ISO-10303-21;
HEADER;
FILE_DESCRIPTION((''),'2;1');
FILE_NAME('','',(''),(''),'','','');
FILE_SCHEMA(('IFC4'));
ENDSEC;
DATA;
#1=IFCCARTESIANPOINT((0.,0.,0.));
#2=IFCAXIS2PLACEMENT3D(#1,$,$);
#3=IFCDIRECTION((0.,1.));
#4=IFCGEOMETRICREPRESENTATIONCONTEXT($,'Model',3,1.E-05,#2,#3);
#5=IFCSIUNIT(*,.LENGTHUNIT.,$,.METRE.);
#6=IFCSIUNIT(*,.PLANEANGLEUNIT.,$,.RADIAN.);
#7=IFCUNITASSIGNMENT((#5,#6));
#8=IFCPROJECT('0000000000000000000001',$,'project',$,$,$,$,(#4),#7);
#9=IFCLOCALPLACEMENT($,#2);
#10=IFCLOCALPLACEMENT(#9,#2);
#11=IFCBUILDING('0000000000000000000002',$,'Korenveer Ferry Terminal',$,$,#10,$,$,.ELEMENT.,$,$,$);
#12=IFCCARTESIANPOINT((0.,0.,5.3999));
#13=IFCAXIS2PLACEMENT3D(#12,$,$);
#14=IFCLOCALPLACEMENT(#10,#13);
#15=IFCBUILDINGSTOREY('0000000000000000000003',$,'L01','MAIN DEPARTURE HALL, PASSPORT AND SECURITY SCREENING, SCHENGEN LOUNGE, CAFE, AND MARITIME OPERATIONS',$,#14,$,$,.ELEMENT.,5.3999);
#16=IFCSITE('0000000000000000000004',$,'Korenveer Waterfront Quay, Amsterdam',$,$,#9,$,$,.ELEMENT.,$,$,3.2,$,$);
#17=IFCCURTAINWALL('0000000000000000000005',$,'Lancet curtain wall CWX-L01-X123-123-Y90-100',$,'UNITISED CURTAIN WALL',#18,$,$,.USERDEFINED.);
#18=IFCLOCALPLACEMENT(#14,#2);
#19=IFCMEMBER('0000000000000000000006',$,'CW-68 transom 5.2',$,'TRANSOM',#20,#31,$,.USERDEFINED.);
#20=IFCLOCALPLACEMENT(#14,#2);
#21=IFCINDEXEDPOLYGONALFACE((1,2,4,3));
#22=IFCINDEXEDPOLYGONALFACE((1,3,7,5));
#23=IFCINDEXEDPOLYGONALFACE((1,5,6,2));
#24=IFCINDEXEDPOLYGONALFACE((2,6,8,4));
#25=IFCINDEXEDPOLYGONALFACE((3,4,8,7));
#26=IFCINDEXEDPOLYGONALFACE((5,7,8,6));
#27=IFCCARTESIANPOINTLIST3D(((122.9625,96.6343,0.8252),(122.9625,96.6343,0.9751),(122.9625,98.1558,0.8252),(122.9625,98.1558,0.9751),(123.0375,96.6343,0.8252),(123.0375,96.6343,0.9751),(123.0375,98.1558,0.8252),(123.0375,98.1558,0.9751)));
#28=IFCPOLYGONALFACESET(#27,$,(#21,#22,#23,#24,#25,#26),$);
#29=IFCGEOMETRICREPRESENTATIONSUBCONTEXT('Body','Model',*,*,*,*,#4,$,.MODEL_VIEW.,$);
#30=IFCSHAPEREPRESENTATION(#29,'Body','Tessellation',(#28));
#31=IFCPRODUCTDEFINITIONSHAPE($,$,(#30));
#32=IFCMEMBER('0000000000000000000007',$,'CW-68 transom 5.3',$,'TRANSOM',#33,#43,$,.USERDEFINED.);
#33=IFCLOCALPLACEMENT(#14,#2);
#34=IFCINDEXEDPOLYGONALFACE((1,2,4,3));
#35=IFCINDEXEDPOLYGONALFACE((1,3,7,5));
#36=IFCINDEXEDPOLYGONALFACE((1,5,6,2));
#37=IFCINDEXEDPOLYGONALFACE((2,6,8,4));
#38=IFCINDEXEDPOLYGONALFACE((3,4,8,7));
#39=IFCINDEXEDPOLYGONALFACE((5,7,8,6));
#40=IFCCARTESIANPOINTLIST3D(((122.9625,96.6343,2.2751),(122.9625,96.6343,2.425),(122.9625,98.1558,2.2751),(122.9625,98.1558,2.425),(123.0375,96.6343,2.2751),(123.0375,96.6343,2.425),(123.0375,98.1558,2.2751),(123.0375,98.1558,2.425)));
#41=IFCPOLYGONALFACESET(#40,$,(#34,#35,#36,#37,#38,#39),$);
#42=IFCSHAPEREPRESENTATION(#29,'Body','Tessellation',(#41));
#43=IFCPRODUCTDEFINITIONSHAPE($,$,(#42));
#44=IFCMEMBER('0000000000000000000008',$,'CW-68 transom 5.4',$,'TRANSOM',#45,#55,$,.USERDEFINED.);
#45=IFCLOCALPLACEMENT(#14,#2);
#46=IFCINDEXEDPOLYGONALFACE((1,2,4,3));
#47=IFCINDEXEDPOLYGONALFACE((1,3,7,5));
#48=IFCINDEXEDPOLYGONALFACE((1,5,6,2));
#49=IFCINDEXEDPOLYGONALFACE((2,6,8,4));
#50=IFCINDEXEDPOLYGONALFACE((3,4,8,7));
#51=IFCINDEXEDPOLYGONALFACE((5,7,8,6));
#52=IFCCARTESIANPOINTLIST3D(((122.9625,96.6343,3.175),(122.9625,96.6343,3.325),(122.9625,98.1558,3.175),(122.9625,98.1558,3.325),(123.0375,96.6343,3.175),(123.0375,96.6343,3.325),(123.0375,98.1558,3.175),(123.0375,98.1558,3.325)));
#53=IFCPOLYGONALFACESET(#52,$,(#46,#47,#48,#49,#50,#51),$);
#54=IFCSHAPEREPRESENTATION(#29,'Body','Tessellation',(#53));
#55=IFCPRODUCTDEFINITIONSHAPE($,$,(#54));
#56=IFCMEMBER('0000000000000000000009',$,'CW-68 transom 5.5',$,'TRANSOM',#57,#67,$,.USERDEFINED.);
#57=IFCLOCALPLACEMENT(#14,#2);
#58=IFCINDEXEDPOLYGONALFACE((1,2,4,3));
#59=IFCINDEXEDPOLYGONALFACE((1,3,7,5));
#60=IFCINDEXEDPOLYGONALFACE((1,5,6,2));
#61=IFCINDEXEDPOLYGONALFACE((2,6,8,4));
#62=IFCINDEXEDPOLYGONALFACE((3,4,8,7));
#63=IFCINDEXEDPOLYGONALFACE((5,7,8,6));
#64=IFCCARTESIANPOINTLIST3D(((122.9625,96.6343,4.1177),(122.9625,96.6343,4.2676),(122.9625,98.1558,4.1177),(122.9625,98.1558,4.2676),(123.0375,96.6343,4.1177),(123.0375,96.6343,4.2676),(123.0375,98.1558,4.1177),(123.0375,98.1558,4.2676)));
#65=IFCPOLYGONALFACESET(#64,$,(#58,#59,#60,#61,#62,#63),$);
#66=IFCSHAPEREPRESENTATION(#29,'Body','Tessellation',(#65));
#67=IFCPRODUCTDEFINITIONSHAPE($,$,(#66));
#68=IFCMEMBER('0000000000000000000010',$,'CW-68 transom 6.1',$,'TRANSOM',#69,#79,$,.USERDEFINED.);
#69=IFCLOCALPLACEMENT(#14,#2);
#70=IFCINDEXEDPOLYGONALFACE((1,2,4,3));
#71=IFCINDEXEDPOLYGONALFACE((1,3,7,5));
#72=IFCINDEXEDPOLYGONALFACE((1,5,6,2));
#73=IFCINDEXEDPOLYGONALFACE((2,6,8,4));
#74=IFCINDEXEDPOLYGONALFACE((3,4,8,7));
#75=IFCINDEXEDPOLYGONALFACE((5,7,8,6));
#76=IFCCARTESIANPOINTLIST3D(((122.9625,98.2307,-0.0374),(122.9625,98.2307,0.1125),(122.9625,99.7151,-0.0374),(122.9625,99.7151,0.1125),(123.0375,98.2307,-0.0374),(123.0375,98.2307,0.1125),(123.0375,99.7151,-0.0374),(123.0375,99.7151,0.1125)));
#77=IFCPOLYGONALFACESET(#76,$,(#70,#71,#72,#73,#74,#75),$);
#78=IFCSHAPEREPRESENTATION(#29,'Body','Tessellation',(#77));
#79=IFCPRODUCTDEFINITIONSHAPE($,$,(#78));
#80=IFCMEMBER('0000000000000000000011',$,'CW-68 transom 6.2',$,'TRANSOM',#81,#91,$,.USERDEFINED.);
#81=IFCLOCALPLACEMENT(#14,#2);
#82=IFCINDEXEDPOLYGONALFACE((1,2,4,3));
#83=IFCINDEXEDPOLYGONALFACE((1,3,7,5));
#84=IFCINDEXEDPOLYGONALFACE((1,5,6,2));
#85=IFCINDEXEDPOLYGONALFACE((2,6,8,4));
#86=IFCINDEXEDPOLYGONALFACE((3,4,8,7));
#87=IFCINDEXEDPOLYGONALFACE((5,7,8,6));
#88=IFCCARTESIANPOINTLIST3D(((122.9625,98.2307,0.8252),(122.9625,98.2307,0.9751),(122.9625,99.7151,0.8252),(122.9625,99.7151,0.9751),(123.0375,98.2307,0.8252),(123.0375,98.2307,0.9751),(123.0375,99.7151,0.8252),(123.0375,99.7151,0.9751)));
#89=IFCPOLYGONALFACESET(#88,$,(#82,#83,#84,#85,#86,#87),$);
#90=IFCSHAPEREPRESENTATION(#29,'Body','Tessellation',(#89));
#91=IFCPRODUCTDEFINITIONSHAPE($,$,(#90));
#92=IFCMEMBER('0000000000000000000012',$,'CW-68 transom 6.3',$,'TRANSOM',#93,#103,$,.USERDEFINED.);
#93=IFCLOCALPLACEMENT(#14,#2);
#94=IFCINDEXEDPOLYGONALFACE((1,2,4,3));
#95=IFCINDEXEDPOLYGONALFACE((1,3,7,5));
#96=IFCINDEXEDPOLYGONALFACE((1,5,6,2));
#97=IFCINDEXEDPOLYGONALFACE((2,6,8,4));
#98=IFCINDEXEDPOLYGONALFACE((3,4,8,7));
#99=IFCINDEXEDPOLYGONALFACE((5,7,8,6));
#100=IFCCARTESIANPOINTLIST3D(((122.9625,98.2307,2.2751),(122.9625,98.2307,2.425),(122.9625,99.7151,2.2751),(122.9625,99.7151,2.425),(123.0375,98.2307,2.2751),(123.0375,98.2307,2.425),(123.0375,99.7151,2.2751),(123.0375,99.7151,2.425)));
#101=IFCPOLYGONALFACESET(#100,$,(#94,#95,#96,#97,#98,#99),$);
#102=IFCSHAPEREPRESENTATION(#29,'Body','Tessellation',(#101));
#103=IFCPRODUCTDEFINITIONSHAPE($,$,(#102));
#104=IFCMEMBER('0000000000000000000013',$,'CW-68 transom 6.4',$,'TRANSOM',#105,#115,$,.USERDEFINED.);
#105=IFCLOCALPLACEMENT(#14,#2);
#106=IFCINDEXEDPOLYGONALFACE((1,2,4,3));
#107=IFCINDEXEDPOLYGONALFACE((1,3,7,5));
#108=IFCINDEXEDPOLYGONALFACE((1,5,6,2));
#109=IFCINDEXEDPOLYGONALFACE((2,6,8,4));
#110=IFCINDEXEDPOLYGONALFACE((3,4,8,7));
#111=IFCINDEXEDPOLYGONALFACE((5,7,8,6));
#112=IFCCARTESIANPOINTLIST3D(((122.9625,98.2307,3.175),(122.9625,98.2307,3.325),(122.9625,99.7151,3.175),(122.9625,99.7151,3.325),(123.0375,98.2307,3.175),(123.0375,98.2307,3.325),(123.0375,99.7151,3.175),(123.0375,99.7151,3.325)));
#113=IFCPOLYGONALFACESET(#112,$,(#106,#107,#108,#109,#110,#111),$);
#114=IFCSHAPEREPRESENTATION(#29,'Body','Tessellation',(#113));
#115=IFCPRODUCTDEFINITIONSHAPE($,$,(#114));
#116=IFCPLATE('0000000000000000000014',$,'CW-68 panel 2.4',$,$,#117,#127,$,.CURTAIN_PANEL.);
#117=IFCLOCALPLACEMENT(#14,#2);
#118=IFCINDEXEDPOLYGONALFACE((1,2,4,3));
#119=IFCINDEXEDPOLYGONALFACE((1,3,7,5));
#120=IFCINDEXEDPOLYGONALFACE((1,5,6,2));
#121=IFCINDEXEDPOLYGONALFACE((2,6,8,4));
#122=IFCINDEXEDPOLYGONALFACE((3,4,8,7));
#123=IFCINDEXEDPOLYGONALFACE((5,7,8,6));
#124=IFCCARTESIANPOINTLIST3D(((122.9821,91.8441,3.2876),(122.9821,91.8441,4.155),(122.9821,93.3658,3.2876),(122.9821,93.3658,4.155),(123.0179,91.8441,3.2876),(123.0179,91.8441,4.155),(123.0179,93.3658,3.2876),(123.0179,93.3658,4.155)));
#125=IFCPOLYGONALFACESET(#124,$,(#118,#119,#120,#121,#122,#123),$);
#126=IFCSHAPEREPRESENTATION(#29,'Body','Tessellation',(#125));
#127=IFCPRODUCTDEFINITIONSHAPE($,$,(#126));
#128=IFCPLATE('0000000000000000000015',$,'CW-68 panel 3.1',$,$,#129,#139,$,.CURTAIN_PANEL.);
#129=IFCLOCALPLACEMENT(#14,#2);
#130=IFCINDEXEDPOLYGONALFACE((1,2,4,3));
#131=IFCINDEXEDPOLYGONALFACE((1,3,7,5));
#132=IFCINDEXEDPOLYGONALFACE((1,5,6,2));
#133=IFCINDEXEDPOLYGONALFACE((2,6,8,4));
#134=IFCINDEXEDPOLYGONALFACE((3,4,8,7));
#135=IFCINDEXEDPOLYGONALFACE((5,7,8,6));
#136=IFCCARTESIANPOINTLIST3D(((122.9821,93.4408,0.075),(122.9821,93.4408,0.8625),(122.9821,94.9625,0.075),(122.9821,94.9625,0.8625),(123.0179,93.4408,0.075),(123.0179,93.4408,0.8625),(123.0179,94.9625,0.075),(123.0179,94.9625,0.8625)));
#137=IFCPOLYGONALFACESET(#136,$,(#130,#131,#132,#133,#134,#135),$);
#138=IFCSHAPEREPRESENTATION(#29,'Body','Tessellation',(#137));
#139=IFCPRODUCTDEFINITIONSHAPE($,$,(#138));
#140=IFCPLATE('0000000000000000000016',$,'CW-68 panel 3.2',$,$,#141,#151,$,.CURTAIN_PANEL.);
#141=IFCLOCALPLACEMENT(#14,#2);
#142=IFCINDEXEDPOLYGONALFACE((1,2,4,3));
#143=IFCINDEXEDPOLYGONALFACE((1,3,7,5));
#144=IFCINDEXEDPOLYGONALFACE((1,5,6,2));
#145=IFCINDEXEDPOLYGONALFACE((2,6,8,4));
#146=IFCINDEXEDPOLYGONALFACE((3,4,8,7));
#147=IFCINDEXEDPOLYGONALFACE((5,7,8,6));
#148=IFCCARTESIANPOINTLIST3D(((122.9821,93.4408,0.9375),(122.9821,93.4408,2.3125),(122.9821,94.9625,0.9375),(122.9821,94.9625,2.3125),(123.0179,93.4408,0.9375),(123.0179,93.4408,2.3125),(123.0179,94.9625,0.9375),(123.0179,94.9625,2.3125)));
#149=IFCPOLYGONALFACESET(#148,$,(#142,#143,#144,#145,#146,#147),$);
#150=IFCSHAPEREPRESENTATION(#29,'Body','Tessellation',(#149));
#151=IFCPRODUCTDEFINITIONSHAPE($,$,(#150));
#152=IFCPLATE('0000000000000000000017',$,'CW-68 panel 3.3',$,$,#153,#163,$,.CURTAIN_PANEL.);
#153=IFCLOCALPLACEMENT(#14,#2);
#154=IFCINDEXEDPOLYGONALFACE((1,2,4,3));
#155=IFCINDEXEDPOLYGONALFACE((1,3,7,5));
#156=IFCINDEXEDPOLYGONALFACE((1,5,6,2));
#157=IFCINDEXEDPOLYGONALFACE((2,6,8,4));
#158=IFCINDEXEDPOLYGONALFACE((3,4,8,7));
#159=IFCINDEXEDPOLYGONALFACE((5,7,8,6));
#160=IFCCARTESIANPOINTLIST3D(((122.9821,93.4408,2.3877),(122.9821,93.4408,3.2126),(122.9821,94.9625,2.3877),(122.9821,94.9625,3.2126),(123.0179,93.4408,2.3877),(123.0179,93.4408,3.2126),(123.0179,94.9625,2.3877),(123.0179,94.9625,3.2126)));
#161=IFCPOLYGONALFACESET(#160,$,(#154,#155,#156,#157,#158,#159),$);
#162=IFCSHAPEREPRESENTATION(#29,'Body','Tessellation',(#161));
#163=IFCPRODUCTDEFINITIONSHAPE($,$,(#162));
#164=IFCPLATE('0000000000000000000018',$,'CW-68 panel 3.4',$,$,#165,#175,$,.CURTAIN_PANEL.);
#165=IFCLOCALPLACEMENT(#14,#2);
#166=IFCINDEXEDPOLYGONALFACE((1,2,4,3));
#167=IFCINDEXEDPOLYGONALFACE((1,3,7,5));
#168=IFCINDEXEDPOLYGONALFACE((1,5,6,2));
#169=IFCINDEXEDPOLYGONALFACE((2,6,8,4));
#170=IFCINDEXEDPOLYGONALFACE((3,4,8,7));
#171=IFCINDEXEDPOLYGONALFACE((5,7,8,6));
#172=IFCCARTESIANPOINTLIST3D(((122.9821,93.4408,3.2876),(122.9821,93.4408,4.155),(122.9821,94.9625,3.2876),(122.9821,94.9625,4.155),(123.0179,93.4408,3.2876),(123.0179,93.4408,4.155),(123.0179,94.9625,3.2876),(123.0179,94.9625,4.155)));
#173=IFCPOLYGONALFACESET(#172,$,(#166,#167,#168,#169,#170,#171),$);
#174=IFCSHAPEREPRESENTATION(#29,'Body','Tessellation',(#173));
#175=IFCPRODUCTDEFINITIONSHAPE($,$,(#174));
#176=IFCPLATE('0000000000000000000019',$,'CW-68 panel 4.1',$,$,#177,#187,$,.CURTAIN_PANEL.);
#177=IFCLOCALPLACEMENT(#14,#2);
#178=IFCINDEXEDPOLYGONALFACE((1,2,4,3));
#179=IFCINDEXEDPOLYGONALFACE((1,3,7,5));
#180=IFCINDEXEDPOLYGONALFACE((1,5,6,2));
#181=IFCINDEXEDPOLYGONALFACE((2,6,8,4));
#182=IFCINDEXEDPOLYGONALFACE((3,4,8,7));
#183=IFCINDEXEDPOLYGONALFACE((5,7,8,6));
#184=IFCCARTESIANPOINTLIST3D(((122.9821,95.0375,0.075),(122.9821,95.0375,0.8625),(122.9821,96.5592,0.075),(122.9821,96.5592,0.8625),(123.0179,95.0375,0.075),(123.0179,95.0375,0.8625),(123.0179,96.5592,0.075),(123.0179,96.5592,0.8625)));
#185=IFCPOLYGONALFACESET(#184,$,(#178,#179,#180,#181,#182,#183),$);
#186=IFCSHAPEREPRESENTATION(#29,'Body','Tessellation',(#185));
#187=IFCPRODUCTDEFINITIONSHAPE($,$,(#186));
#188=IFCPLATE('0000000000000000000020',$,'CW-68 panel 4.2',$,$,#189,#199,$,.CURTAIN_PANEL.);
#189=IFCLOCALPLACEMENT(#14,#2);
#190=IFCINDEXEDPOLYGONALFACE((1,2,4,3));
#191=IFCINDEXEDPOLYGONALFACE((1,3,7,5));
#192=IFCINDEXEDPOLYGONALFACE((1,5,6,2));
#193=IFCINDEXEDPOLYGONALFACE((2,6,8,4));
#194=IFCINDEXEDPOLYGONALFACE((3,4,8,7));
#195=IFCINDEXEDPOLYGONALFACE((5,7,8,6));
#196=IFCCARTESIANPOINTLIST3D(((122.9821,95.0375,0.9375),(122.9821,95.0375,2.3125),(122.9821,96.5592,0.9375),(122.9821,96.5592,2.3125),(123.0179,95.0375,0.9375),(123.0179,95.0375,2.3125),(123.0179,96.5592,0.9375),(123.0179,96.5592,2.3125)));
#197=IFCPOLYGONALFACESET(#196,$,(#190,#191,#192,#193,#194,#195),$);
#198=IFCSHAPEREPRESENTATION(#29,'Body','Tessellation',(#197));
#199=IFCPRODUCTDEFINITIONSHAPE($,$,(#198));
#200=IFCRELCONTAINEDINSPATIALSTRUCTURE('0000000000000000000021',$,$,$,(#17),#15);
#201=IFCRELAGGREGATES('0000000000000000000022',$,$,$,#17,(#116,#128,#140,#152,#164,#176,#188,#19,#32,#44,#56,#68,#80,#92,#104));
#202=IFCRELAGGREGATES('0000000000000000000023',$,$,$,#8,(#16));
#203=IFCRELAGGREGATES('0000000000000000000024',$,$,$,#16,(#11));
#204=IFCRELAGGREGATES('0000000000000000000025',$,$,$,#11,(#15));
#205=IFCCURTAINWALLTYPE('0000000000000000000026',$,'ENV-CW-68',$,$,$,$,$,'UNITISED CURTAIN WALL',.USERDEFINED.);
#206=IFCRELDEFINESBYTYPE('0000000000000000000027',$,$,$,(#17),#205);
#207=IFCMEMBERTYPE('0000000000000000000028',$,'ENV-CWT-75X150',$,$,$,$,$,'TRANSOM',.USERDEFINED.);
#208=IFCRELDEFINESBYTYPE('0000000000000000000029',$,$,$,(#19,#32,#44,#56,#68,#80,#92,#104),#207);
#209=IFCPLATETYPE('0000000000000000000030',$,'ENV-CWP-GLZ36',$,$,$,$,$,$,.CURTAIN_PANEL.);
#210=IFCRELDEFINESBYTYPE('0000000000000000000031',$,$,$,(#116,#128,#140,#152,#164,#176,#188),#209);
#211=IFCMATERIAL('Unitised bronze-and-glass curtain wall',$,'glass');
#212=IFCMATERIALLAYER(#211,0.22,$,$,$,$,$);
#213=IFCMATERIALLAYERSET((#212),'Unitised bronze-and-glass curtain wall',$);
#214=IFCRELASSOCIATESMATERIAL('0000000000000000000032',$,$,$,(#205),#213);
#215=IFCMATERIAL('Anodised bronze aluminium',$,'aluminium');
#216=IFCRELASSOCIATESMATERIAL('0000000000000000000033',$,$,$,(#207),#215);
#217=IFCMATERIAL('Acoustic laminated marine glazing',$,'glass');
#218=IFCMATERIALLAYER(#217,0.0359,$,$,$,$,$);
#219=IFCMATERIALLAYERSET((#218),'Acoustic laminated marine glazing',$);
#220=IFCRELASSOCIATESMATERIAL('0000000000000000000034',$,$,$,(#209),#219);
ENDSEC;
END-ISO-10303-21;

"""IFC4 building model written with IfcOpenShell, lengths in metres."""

from ifc_helpers import new_model, si_unit, direction, frame, origin, origin_2d, place, context, subcontext, project, spatial, rectangle, extrude, material, layer, layer_set, material_profile, profile_set, type_object, element, aggregate, save


model = new_model("IFC4")

# Units and contexts
model_context = context("Model", 3, precision=1e-05, world=origin(), true_north=direction((0.0, 1.0)))
body_context = subcontext(model_context, "Body", "Model", "MODEL_VIEW")
ifc_project = project(units=[si_unit("LENGTHUNIT", "METRE"), si_unit("PLANEANGLEUNIT", "RADIAN")], contexts=[model_context])

# Site, building, storey
site_placement = place(None, origin())
site = spatial("IfcSite", under=ifc_project, at=site_placement, Name="Korenveer Waterfront Quay, Amsterdam", CompositionType="ELEMENT", RefElevation=3.2)
building_placement = place(site_placement, origin())
building = spatial("IfcBuilding", under=site, at=building_placement, Name="Korenveer Ferry Terminal", CompositionType="ELEMENT")
storey_placement = place(building_placement, frame((0.0, 0.0, 5.3999)))
storey = spatial("IfcBuildingStorey", under=building, at=storey_placement, Name="L01", Description="MAIN DEPARTURE HALL, PASSPORT AND SECURITY SCREENING, SCHENGEN LOUNGE, CAFE, AND MARITIME OPERATIONS", CompositionType="ELEMENT", Elevation=5.3999)

# Curtain wall, members, plates
ifc_material_1 = material(Name="Unitised bronze-and-glass curtain wall", Category="glass")
ifc_layer_1 = layer(ifc_material_1, 0.22)
ifc_layer_set_1 = layer_set([ifc_layer_1], Name="Unitised bronze-and-glass curtain wall")
curtain_wall_type = type_object("IfcCurtainWallType", Name="ENV-CW-68", ElementType="UNITISED CURTAIN WALL", PredefinedType="USERDEFINED", material=ifc_layer_set_1)
curtain_wall_placement = place(storey_placement, frame((123.0, 90.21, 0.0)))
curtain_wall = element("IfcCurtainWall", 1, at=curtain_wall_placement, inside=storey, type_object=curtain_wall_type, Name="Lancet curtain wall CWX-L01-X123-123-Y90-100", ObjectType="UNITISED CURTAIN WALL", PredefinedType="USERDEFINED")
ifc_material_2 = material(Name="Anodised bronze aluminium", Category="aluminium")
ifc_material_profile_1 = material_profile(ifc_material_2, rectangle(XDim=0.075, YDim=0.1499, at=origin_2d()), Name="ALU 75x150")
ifc_profile_set_1 = profile_set([ifc_material_profile_1], Name="Anodised bronze aluminium")
member_type_1 = type_object("IfcMemberType", Name="ENV-CWT-75X150", ElementType="TRANSOM", PredefinedType="USERDEFINED", material=ifc_profile_set_1)
member_1_placement = place(storey_placement, frame((123.0, 96.6343, 0.9001), z_axis=(0.0, 1.0, 0.0), x_axis=(-1.0, 0.0, 0.0)))
member_1 = element("IfcMember", 2, at=member_1_placement, type_object=member_type_1, Name="CW-68 transom 5.2", ObjectType="TRANSOM", PredefinedType="USERDEFINED", context=body_context, shape_type="SweptSolid", body=[
    extrude(rectangle(XDim=0.075, YDim=0.1499, at=origin_2d()), origin(), (0.0, 0.0, 1.0), 1.5215),
])
member_2_placement = place(storey_placement, frame((123.0, 96.6343, 2.3501), z_axis=(0.0, 1.0, 0.0), x_axis=(-1.0, 0.0, 0.0)))
member_2 = element("IfcMember", 3, at=member_2_placement, type_object=member_type_1, Name="CW-68 transom 5.3", ObjectType="TRANSOM", PredefinedType="USERDEFINED", context=body_context, shape_type="SweptSolid", body=[
    extrude(rectangle(XDim=0.075, YDim=0.1499, at=origin_2d()), origin(), (0.0, 0.0, 1.0), 1.5215),
])
member_3_placement = place(storey_placement, frame((123.0, 96.6343, 3.25), z_axis=(0.0, 1.0, 0.0), x_axis=(-1.0, 0.0, 0.0)))
member_3 = element("IfcMember", 4, at=member_3_placement, type_object=member_type_1, Name="CW-68 transom 5.4", ObjectType="TRANSOM", PredefinedType="USERDEFINED", context=body_context, shape_type="SweptSolid", body=[
    extrude(rectangle(XDim=0.075, YDim=0.1499, at=origin_2d()), origin(), (0.0, 0.0, 1.0), 1.5215),
])
member_4_placement = place(storey_placement, frame((123.0, 96.6343, 4.1926), z_axis=(0.0, 1.0, 0.0), x_axis=(-1.0, 0.0, 0.0)))
member_4 = element("IfcMember", 5, at=member_4_placement, type_object=member_type_1, Name="CW-68 transom 5.5", ObjectType="TRANSOM", PredefinedType="USERDEFINED", context=body_context, shape_type="SweptSolid", body=[
    extrude(rectangle(XDim=0.075, YDim=0.1499, at=origin_2d()), origin(), (0.0, 0.0, 1.0), 1.5215),
])
member_5_placement = place(storey_placement, frame((123.0, 98.2307, 0.0376), z_axis=(0.0, 1.0, 0.0), x_axis=(-1.0, 0.0, 0.0)))
member_5 = element("IfcMember", 6, at=member_5_placement, type_object=member_type_1, Name="CW-68 transom 6.1", ObjectType="TRANSOM", PredefinedType="USERDEFINED", context=body_context, shape_type="SweptSolid", body=[
    extrude(rectangle(XDim=0.075, YDim=0.1499, at=origin_2d()), origin(), (0.0, 0.0, 1.0), 1.4844),
])
member_6_placement = place(storey_placement, frame((123.0, 98.2307, 0.9001), z_axis=(0.0, 1.0, 0.0), x_axis=(-1.0, 0.0, 0.0)))
member_6 = element("IfcMember", 7, at=member_6_placement, type_object=member_type_1, Name="CW-68 transom 6.2", ObjectType="TRANSOM", PredefinedType="USERDEFINED", context=body_context, shape_type="SweptSolid", body=[
    extrude(rectangle(XDim=0.075, YDim=0.1499, at=origin_2d()), origin(), (0.0, 0.0, 1.0), 1.4844),
])
member_7_placement = place(storey_placement, frame((123.0, 98.2307, 2.3501), z_axis=(0.0, 1.0, 0.0), x_axis=(-1.0, 0.0, 0.0)))
member_7 = element("IfcMember", 8, at=member_7_placement, type_object=member_type_1, Name="CW-68 transom 6.3", ObjectType="TRANSOM", PredefinedType="USERDEFINED", context=body_context, shape_type="SweptSolid", body=[
    extrude(rectangle(XDim=0.075, YDim=0.1499, at=origin_2d()), origin(), (0.0, 0.0, 1.0), 1.4844),
])
member_8_placement = place(storey_placement, frame((123.0, 98.2307, 3.25), z_axis=(0.0, 1.0, 0.0), x_axis=(-1.0, 0.0, 0.0)))
member_8 = element("IfcMember", 9, at=member_8_placement, type_object=member_type_1, Name="CW-68 transom 6.4", ObjectType="TRANSOM", PredefinedType="USERDEFINED", context=body_context, shape_type="SweptSolid", body=[
    extrude(rectangle(XDim=0.075, YDim=0.1499, at=origin_2d()), origin(), (0.0, 0.0, 1.0), 1.4844),
])
ifc_material_3 = material(Name="Acoustic laminated marine glazing", Category="glass")
ifc_layer_2 = layer(ifc_material_3, 0.0359)
ifc_layer_set_2 = layer_set([ifc_layer_2], Name="Acoustic laminated marine glazing")
plate_type = type_object("IfcPlateType", Name="ENV-CWP-GLZ36", PredefinedType="CURTAIN_PANEL", material=ifc_layer_set_2)
plate_1_placement = place(storey_placement, frame((123.0, 92.605, 3.2876), z_axis=(0.0, 0.0, 1.0), x_axis=(0.0, 1.0, 0.0)))
plate_1 = element("IfcPlate", 10, at=plate_1_placement, type_object=plate_type, Name="CW-68 panel 2.4", PredefinedType="CURTAIN_PANEL", context=body_context, shape_type="SweptSolid", body=[
    extrude(rectangle(XDim=1.5217, YDim=0.0359, at=origin_2d()), origin(), (0.0, 0.0, 1.0), 0.8674),
])
plate_2_placement = place(storey_placement, frame((123.0, 94.2017, 0.075), z_axis=(0.0, 0.0, 1.0), x_axis=(0.0, 1.0, 0.0)))
plate_2 = element("IfcPlate", 11, at=plate_2_placement, type_object=plate_type, Name="CW-68 panel 3.1", PredefinedType="CURTAIN_PANEL", context=body_context, shape_type="SweptSolid", body=[
    extrude(rectangle(XDim=1.5217, YDim=0.0359, at=origin_2d()), origin(), (0.0, 0.0, 1.0), 0.7876),
])
plate_3_placement = place(storey_placement, frame((123.0, 94.2017, 0.9375), z_axis=(0.0, 0.0, 1.0), x_axis=(0.0, 1.0, 0.0)))
plate_3 = element("IfcPlate", 12, at=plate_3_placement, type_object=plate_type, Name="CW-68 panel 3.2", PredefinedType="CURTAIN_PANEL", context=body_context, shape_type="SweptSolid", body=[
    extrude(rectangle(XDim=1.5217, YDim=0.0359, at=origin_2d()), origin(), (0.0, 0.0, 1.0), 1.375),
])
plate_4_placement = place(storey_placement, frame((123.0, 94.2017, 2.3877), z_axis=(0.0, 0.0, 1.0), x_axis=(0.0, 1.0, 0.0)))
plate_4 = element("IfcPlate", 13, at=plate_4_placement, type_object=plate_type, Name="CW-68 panel 3.3", PredefinedType="CURTAIN_PANEL", context=body_context, shape_type="SweptSolid", body=[
    extrude(rectangle(XDim=1.5217, YDim=0.0359, at=origin_2d()), origin(), (0.0, 0.0, 1.0), 0.825),
])
plate_5_placement = place(storey_placement, frame((123.0, 94.2017, 3.2876), z_axis=(0.0, 0.0, 1.0), x_axis=(0.0, 1.0, 0.0)))
plate_5 = element("IfcPlate", 14, at=plate_5_placement, type_object=plate_type, Name="CW-68 panel 3.4", PredefinedType="CURTAIN_PANEL", context=body_context, shape_type="SweptSolid", body=[
    extrude(rectangle(XDim=1.5217, YDim=0.0359, at=origin_2d()), origin(), (0.0, 0.0, 1.0), 0.8674),
])
plate_6_placement = place(storey_placement, frame((123.0, 95.7983, 0.075), z_axis=(0.0, 0.0, 1.0), x_axis=(0.0, 1.0, 0.0)))
plate_6 = element("IfcPlate", 15, at=plate_6_placement, type_object=plate_type, Name="CW-68 panel 4.1", PredefinedType="CURTAIN_PANEL", context=body_context, shape_type="SweptSolid", body=[
    extrude(rectangle(XDim=1.5217, YDim=0.0359, at=origin_2d()), origin(), (0.0, 0.0, 1.0), 0.7876),
])
plate_7_placement = place(storey_placement, frame((123.0, 95.7983, 0.9375), z_axis=(0.0, 0.0, 1.0), x_axis=(0.0, 1.0, 0.0)))
plate_7 = element("IfcPlate", 16, at=plate_7_placement, type_object=plate_type, Name="CW-68 panel 4.2", PredefinedType="CURTAIN_PANEL", context=body_context, shape_type="SweptSolid", body=[
    extrude(rectangle(XDim=1.5217, YDim=0.0359, at=origin_2d()), origin(), (0.0, 0.0, 1.0), 1.375),
])
aggregate(curtain_wall, [plate_1, plate_2, plate_3, plate_4, plate_5, plate_6, plate_7, member_1, member_2, member_3, member_4, member_5, member_6, member_7, member_8])

save(model, "model.ifc")
